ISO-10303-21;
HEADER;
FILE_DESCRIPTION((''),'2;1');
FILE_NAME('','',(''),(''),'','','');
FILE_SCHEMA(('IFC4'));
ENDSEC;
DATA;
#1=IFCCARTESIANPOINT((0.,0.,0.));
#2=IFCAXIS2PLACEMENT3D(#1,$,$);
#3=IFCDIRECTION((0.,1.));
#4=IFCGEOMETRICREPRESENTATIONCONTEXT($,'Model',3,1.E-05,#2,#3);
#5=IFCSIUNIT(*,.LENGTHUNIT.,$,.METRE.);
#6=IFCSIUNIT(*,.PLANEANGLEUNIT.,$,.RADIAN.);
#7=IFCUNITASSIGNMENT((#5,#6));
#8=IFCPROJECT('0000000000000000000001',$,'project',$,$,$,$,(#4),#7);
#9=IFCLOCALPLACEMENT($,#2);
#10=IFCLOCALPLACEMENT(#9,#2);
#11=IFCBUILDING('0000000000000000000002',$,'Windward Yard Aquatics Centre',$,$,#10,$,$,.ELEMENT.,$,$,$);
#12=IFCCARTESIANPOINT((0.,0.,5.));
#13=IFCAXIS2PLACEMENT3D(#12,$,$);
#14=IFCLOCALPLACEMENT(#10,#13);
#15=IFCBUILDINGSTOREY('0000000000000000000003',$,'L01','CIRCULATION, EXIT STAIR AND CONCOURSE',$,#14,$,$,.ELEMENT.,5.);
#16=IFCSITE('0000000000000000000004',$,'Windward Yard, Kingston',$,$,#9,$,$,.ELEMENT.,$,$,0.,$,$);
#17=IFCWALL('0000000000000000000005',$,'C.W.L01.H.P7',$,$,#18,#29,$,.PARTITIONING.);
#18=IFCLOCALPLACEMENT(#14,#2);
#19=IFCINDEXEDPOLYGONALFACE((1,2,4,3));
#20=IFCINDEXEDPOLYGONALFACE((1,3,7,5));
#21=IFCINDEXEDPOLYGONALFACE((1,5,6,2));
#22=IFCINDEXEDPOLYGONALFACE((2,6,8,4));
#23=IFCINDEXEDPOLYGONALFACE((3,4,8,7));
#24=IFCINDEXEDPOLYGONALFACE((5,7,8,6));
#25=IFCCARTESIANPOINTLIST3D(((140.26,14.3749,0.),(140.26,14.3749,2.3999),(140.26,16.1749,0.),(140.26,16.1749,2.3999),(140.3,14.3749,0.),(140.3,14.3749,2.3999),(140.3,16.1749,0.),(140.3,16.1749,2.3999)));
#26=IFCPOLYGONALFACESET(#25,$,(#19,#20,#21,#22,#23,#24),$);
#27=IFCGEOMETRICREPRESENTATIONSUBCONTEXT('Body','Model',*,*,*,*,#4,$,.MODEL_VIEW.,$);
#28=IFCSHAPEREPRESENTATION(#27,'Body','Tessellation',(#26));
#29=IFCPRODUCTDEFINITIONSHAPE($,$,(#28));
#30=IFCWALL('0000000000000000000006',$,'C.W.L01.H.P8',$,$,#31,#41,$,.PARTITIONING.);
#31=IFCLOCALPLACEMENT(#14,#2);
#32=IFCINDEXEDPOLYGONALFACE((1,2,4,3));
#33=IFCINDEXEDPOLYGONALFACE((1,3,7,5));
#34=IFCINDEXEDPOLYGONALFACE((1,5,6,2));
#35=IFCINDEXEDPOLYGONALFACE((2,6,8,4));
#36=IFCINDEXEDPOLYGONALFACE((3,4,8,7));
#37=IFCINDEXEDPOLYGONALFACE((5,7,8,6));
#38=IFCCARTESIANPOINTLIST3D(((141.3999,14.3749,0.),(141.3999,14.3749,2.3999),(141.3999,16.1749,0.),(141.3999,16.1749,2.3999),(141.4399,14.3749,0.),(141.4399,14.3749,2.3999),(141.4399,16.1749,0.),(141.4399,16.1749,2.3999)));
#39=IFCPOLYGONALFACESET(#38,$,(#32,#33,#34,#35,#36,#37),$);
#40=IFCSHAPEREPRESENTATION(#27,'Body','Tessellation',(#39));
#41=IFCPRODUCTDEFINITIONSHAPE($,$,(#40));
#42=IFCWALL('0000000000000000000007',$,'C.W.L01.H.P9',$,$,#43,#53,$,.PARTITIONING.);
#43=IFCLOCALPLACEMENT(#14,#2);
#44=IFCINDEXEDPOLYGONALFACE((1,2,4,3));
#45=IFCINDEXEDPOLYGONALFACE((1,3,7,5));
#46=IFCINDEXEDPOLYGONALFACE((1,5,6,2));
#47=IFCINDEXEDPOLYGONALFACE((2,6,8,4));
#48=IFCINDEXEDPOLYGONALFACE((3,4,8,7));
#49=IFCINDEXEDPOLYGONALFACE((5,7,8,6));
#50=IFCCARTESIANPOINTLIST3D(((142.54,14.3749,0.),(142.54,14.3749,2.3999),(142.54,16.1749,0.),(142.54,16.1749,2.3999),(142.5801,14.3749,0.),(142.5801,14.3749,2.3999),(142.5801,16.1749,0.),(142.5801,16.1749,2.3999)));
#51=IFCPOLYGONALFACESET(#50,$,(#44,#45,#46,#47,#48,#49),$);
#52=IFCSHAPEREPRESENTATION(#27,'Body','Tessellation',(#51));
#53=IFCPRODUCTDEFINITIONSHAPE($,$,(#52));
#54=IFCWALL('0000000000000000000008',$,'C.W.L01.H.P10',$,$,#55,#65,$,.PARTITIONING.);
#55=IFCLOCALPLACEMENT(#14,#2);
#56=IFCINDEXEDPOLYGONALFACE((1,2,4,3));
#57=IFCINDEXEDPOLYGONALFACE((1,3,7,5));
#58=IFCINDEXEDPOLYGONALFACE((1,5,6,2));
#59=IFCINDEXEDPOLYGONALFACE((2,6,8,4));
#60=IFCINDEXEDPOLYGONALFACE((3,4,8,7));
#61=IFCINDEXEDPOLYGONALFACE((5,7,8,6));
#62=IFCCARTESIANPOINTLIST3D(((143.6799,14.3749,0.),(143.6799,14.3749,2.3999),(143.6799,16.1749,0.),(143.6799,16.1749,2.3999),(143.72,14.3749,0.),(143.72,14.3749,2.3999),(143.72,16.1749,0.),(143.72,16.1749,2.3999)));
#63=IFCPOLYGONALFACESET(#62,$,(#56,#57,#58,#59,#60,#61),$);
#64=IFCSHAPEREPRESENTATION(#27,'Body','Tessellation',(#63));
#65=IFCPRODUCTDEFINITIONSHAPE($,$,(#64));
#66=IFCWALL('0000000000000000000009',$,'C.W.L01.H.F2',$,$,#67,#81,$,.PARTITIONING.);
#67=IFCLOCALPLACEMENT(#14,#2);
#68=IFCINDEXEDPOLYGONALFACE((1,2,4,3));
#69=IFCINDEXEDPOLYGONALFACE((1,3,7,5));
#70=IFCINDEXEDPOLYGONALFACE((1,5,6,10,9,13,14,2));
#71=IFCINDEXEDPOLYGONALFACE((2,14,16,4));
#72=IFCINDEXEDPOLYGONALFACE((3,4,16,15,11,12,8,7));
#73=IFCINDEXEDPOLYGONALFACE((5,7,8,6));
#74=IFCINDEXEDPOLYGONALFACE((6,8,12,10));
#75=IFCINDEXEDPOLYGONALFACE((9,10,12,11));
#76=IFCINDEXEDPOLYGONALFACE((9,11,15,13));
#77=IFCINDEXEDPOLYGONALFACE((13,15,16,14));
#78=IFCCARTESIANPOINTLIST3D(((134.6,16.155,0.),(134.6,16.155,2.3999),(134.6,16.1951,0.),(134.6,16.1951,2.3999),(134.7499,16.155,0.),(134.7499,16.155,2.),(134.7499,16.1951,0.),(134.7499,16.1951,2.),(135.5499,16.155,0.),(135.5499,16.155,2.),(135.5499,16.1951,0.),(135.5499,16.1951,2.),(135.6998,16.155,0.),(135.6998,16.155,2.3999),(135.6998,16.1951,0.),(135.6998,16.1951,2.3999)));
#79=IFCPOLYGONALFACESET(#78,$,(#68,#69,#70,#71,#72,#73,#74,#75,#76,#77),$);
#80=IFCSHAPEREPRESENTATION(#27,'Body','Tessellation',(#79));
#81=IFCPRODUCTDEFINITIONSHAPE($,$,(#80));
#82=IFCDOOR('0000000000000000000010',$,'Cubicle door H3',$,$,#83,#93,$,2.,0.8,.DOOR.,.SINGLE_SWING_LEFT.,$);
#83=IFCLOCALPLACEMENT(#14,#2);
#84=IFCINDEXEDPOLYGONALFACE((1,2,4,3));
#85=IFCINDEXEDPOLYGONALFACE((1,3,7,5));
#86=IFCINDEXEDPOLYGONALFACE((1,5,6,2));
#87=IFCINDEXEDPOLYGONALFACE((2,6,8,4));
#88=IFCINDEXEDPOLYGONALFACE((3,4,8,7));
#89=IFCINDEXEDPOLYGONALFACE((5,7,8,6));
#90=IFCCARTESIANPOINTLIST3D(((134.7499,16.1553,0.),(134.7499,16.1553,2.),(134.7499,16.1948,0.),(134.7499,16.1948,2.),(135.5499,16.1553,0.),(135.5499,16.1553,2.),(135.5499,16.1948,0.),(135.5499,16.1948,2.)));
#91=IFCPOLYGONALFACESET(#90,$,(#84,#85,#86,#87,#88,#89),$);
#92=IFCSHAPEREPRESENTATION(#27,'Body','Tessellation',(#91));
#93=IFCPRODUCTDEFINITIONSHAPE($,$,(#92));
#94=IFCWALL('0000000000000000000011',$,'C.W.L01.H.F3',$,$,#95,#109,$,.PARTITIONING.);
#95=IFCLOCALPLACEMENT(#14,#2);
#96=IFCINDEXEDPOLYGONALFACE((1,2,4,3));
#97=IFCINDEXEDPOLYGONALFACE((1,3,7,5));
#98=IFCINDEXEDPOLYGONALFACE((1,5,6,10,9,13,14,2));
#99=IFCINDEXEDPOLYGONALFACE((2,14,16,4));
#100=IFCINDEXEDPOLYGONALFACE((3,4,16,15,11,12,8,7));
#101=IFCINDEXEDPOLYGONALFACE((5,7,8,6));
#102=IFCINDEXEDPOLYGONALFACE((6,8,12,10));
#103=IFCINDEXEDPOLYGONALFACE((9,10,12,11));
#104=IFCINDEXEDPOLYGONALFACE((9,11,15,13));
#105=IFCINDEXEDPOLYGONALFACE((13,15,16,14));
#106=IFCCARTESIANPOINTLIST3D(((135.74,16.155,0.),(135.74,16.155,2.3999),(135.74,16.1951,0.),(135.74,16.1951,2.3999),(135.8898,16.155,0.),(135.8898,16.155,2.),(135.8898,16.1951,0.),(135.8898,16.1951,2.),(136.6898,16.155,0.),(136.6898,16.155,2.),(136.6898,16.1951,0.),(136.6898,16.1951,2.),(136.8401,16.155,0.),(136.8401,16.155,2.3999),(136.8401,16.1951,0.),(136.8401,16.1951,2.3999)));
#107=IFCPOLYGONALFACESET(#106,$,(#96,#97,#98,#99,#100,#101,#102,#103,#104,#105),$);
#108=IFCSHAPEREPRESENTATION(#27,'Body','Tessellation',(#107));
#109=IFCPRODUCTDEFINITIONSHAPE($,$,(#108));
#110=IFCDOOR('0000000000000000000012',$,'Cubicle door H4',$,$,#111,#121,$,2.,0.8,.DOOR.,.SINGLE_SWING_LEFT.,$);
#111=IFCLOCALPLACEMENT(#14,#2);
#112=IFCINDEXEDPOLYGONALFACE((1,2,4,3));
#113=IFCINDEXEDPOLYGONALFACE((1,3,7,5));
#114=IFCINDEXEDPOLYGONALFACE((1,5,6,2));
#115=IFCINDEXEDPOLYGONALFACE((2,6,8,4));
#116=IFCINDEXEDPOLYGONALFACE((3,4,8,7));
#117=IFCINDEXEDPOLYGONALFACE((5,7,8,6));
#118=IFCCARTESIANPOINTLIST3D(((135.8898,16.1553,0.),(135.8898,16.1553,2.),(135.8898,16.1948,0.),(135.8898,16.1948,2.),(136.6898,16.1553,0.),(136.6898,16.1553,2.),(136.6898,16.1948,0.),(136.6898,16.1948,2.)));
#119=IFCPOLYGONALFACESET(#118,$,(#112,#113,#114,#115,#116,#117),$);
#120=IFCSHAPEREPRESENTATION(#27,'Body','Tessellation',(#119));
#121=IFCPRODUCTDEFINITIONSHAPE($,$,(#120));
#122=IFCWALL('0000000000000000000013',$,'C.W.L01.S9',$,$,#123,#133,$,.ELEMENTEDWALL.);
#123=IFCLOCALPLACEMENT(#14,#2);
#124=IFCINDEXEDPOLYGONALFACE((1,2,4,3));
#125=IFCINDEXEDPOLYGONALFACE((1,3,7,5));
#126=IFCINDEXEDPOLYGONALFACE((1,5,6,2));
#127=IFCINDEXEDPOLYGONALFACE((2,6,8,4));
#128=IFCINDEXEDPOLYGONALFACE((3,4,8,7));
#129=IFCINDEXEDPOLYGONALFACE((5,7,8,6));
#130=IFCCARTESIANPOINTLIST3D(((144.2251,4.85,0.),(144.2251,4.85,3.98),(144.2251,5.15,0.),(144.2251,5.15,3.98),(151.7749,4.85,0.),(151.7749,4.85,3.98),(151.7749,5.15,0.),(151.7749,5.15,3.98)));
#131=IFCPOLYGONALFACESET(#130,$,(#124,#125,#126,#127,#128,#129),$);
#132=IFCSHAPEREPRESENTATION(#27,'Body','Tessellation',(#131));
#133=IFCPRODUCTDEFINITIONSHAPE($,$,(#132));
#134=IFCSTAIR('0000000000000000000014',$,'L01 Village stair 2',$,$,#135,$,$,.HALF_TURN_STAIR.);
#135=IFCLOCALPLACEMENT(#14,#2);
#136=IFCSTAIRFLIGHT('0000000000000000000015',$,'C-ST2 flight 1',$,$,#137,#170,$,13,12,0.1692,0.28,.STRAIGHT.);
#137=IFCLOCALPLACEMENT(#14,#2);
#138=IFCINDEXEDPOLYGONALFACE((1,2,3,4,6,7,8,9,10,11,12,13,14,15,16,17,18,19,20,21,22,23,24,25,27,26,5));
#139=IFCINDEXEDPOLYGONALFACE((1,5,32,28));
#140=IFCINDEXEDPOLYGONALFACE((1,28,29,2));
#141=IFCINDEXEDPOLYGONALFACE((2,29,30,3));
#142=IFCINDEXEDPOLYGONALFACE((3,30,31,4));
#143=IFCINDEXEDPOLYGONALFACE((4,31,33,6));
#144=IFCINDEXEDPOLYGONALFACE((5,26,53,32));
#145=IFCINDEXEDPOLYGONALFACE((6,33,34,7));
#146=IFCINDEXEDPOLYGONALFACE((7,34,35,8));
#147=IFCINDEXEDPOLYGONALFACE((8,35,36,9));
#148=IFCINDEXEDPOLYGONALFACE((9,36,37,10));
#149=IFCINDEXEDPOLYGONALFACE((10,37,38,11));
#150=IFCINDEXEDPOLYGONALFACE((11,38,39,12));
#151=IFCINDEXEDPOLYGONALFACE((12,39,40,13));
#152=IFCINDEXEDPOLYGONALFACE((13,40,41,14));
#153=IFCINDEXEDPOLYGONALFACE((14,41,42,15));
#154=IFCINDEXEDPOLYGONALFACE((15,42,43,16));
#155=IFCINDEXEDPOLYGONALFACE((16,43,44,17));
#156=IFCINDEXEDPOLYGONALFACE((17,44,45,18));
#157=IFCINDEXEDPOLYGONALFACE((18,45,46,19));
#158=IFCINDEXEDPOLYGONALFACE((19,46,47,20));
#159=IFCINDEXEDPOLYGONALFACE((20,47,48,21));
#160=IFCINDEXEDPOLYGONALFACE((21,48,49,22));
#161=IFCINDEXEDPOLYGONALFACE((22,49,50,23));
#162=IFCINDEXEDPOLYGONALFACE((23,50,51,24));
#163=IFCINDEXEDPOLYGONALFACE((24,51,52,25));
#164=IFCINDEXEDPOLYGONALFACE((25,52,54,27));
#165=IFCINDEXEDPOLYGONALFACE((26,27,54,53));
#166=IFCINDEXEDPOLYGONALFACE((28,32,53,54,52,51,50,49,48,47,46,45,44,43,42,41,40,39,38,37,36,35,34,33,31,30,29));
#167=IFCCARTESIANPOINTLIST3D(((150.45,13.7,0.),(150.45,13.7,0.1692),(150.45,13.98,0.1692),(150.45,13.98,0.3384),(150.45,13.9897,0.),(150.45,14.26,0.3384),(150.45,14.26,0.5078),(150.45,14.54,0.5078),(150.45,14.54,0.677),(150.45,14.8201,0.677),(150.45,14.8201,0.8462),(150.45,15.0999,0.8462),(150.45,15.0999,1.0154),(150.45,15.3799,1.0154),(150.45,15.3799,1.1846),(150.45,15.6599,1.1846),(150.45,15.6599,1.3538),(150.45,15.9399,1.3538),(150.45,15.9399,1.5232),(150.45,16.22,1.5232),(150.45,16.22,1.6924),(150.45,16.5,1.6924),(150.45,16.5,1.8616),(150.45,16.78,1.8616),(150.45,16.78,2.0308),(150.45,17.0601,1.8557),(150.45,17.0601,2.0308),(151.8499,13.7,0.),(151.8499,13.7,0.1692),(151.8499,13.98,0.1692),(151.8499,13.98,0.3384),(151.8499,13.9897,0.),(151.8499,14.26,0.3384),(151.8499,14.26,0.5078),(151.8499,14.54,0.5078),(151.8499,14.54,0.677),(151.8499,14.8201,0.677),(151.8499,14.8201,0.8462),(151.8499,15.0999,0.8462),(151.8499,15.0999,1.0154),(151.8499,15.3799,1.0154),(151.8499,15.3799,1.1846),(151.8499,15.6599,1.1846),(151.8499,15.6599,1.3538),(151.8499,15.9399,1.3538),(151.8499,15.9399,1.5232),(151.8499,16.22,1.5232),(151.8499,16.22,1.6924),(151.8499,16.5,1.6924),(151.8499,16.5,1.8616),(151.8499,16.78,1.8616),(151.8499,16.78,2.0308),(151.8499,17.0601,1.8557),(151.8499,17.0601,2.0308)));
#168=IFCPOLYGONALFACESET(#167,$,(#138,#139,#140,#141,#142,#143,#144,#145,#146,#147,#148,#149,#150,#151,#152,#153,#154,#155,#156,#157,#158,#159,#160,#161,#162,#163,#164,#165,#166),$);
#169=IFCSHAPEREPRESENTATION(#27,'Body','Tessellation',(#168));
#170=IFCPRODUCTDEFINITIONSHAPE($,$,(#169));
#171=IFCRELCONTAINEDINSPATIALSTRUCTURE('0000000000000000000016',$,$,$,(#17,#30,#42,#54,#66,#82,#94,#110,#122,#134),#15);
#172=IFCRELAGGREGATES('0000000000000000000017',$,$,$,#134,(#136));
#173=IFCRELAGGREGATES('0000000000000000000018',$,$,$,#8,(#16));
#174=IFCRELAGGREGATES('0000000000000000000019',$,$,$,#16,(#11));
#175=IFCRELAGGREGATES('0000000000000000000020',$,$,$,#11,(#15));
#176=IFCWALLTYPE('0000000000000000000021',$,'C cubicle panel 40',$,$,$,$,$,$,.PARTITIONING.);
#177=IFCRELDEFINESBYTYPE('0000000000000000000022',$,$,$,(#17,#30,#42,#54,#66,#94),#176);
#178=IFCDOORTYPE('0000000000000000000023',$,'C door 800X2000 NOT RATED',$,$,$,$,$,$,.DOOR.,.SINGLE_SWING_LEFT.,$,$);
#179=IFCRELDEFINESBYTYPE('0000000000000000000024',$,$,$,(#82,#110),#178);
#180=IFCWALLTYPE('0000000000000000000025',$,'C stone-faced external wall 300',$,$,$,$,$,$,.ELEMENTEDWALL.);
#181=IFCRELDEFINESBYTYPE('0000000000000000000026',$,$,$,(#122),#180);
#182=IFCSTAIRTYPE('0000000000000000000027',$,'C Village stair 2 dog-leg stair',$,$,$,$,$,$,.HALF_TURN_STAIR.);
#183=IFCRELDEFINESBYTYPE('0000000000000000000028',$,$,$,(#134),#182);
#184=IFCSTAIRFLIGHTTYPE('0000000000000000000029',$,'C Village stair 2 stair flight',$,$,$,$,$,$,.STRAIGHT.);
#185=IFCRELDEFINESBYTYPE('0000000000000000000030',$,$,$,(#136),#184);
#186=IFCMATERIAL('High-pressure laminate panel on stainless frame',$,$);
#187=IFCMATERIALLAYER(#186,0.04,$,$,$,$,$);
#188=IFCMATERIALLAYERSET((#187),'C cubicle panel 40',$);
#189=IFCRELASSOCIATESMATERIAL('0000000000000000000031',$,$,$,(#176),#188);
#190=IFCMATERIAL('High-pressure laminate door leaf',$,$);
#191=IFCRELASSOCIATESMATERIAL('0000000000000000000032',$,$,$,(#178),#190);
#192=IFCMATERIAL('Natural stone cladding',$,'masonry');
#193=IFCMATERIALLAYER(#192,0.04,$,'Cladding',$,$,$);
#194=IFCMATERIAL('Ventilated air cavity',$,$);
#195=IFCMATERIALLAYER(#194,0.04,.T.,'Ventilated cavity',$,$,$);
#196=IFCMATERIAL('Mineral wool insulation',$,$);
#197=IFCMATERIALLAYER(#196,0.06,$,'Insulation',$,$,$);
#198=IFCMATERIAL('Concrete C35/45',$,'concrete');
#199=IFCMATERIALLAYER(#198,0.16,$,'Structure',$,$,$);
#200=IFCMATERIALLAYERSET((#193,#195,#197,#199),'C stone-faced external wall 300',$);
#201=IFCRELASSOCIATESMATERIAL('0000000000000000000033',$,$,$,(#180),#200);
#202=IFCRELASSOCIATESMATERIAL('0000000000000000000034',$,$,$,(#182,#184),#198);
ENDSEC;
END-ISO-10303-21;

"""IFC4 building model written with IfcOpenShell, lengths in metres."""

from ifc_helpers import new_model, si_unit, direction, frame, frame_2d, origin, place, context, subcontext, project, spatial, polyline, rectangle, outline, extrude, material, layer, layer_set, type_object, element, fill, aggregate, save


model = new_model("IFC4")

# Units and contexts
model_context = context("Model", 3, precision=1e-05, world=origin(), true_north=direction((0.0, 1.0)))
body_context = subcontext(model_context, "Body", "Model", "MODEL_VIEW")
ifc_project = project(units=[si_unit("LENGTHUNIT", "METRE"), si_unit("PLANEANGLEUNIT", "RADIAN")], contexts=[model_context])

# Site, building, storey
site_placement = place(None, origin())
site = spatial("IfcSite", under=ifc_project, at=site_placement, Name="Windward Yard, Kingston", CompositionType="ELEMENT", RefElevation=0.0)
building_placement = place(site_placement, origin())
building = spatial("IfcBuilding", under=site, at=building_placement, Name="Windward Yard Aquatics Centre", CompositionType="ELEMENT")
storey_placement = place(building_placement, frame((0.0, 0.0, 5.0)))
storey = spatial("IfcBuildingStorey", under=building, at=storey_placement, Name="L01", Description="CIRCULATION, EXIT STAIR AND CONCOURSE", CompositionType="ELEMENT", Elevation=5.0)

# Shared definitions
ifc_material_1 = material(Name="Concrete C35/45", Category="concrete")

# Walls
ifc_material_2 = material(Name="High-pressure laminate panel on stainless frame")
ifc_layer_1 = layer(ifc_material_2, 0.04)
ifc_layer_set_1 = layer_set([ifc_layer_1], Name="C cubicle panel 40")
wall_type_1 = type_object("IfcWallType", Name="C cubicle panel 40", PredefinedType="PARTITIONING", material=ifc_layer_set_1)
for number, where, z_axis, x_axis, name in (
    (1, (140.28, 14.375, 0.0), (0.0, 0.0, 1.0), (0.0, 1.0, 0.0), "C.W.L01.H.P7"),
    (2, (141.4199, 14.375, 0.0), (0.0, 0.0, 1.0), (0.0, 1.0, 0.0), "C.W.L01.H.P8"),
    (3, (142.5601, 14.375, 0.0), (0.0, 0.0, 1.0), (0.0, 1.0, 0.0), "C.W.L01.H.P9"),
    (4, (143.7, 14.375, 0.0), (0.0, 0.0, 1.0), (0.0, 1.0, 0.0), "C.W.L01.H.P10"),
):
    element("IfcWall", number, at=place(storey_placement, frame(where, z_axis=z_axis, x_axis=x_axis)), inside=storey, type_object=wall_type_1, Name=name, PredefinedType="PARTITIONING", context=body_context, shape_type="SweptSolid", body=[
        extrude(rectangle(XDim=1.8, YDim=0.04, at=frame_2d((0.8999, 0.0))), origin(), (0.0, 0.0, 1.0), 2.3999),
    ])

# Walls, openings, doors
wall_1_placement = place(storey_placement, frame((134.6001, 16.175, 0.0), z_axis=(0.0, 0.0, 1.0), x_axis=(1.0, 0.0, 0.0)))
wall_1 = element("IfcWall", 5, at=wall_1_placement, inside=storey, type_object=wall_type_1, Name="C.W.L01.H.F2", PredefinedType="PARTITIONING", context=body_context, shape_type="SweptSolid", body=[
    extrude(rectangle(XDim=1.0999, YDim=0.04, at=frame_2d((0.5498, 0.0))), origin(), (0.0, 0.0, 1.0), 2.3999),
])
opening_1_placement = place(wall_1_placement, frame((0.1499, 0.0, 0.0)))
opening_1 = element("IfcOpeningElement", 6, at=opening_1_placement, cuts=wall_1, PredefinedType="OPENING", context=body_context, shape_type="SweptSolid", body=[
    extrude(rectangle(XDim=0.8, YDim=2.0, at=frame_2d((0.3999, 1.0))), frame((0.0, 0.03, 0.0), z_axis=(0.0, -1.0, 0.0), x_axis=(1.0, 0.0, 0.0)), (0.0, 0.0, 1.0), 0.0601),
])
ifc_material_3 = material(Name="High-pressure laminate door leaf")
door_type_1 = type_object("IfcDoorType", Name="C door 800X2000 NOT RATED", OperationType="SINGLE_SWING_LEFT", PredefinedType="DOOR", material=ifc_material_3)
door_1_placement = place(opening_1_placement, origin())
door_1 = element("IfcDoor", 7, at=door_1_placement, inside=storey, type_object=door_type_1, Name="Cubicle door H3", OperationType="SINGLE_SWING_LEFT", OverallHeight=2.0, OverallWidth=0.8, PredefinedType="DOOR", context=body_context, shape_type="SweptSolid", body=[
    extrude(rectangle(XDim=0.8, YDim=2.0, at=frame_2d((0.3999, 1.0))), frame((0.0, 0.0198, 0.0), z_axis=(0.0, -1.0, 0.0), x_axis=(1.0, 0.0, 0.0)), (0.0, 0.0, 1.0), 0.0396),
])
fill(opening_1, door_1)
wall_2_placement = place(storey_placement, frame((135.74, 16.175, 0.0), z_axis=(0.0, 0.0, 1.0), x_axis=(1.0, 0.0, 0.0)))
wall_2 = element("IfcWall", 8, at=wall_2_placement, inside=storey, type_object=wall_type_1, Name="C.W.L01.H.F3", PredefinedType="PARTITIONING", context=body_context, shape_type="SweptSolid", body=[
    extrude(rectangle(XDim=1.1001, YDim=0.04, at=frame_2d((0.55, 0.0))), origin(), (0.0, 0.0, 1.0), 2.3999),
])
opening_2_placement = place(wall_2_placement, frame((0.1499, 0.0, 0.0)))
opening_2 = element("IfcOpeningElement", 9, at=opening_2_placement, cuts=wall_2, PredefinedType="OPENING", context=body_context, shape_type="SweptSolid", body=[
    extrude(rectangle(XDim=0.8, YDim=2.0, at=frame_2d((0.3999, 1.0))), frame((0.0, 0.03, 0.0), z_axis=(0.0, -1.0, 0.0), x_axis=(1.0, 0.0, 0.0)), (0.0, 0.0, 1.0), 0.0601),
])
door_2_placement = place(opening_2_placement, origin())
door_2 = element("IfcDoor", 10, at=door_2_placement, inside=storey, type_object=door_type_1, Name="Cubicle door H4", OperationType="SINGLE_SWING_LEFT", OverallHeight=2.0, OverallWidth=0.8, PredefinedType="DOOR", context=body_context, shape_type="SweptSolid", body=[
    extrude(rectangle(XDim=0.8, YDim=2.0, at=frame_2d((0.3999, 1.0))), frame((0.0, 0.0198, 0.0), z_axis=(0.0, -1.0, 0.0), x_axis=(1.0, 0.0, 0.0)), (0.0, 0.0, 1.0), 0.0396),
])
fill(opening_2, door_2)

# Wall
ifc_material_4 = material(Name="Natural stone cladding", Category="masonry")
ifc_layer_2 = layer(ifc_material_4, 0.04, Name="Cladding")
ifc_material_5 = material(Name="Ventilated air cavity")
ifc_layer_3 = layer(ifc_material_5, 0.04, ventilated=True, Name="Ventilated cavity")
ifc_material_6 = material(Name="Mineral wool insulation")
ifc_layer_4 = layer(ifc_material_6, 0.06, Name="Insulation")
ifc_layer_5 = layer(ifc_material_1, 0.16, Name="Structure")
ifc_layer_set_2 = layer_set([ifc_layer_2, ifc_layer_3, ifc_layer_4, ifc_layer_5], Name="C stone-faced external wall 300")
wall_type_2 = type_object("IfcWallType", Name="C stone-faced external wall 300", PredefinedType="ELEMENTEDWALL", material=ifc_layer_set_2)
wall_3_placement = place(storey_placement, frame((144.2251, 5.0, 0.0), z_axis=(0.0, 0.0, 1.0), x_axis=(1.0, 0.0, 0.0)))
element("IfcWall", 11, at=wall_3_placement, inside=storey, type_object=wall_type_2, Name="C.W.L01.S9", PredefinedType="ELEMENTEDWALL", context=body_context, shape_type="SweptSolid", body=[
    extrude(rectangle(XDim=7.5498, YDim=0.3, at=frame_2d((3.7749, 0.0))), origin(), (0.0, 0.0, 1.0), 3.98),
])

# Stair, stair flight
stair_type = type_object("IfcStairType", Name="C Village stair 2 dog-leg stair", PredefinedType="HALF_TURN_STAIR", material=ifc_material_1)
stair_placement = place(storey_placement, origin())
stair = element("IfcStair", 12, at=stair_placement, inside=storey, type_object=stair_type, Name="L01 Village stair 2", PredefinedType="HALF_TURN_STAIR")
stair_flight_type = type_object("IfcStairFlightType", Name="C Village stair 2 stair flight", PredefinedType="STRAIGHT", material=ifc_material_1)
stair_flight_placement = place(storey_placement, frame((151.1499, 13.7, 0.0), z_axis=(0.0, 0.0, 1.0), x_axis=(0.0, 1.0, 0.0)))
stair_flight = element("IfcStairFlight", 13, at=stair_flight_placement, type_object=stair_flight_type, Name="C-ST2 flight 1", NumberOfRisers=13, NumberOfTreads=12, PredefinedType="STRAIGHT", RiserHeight=0.1692, TreadLength=0.28, context=body_context, shape_type="SweptSolid", body=[
    extrude(outline(polyline([(0.0, 0.0), (0.0, 0.1692), (0.28, 0.1692), (0.28, 0.3384), (0.5601, 0.3384), (0.5601, 0.5078), (0.8401, 0.5078), (0.8401, 0.677), (1.1201, 0.677), (1.1201, 0.8462), (1.3999, 0.8462), (1.3999, 1.0154), (1.6799, 1.0154), (1.6799, 1.1846), (1.96, 1.1846), (1.96, 1.3538), (2.24, 1.3538), (2.24, 1.5232), (2.52, 1.5232), (2.52, 1.6924), (2.8, 1.6924), (2.8, 1.8616), (3.0801, 1.8616), (3.0801, 2.0308), (3.3601, 2.0308), (3.3601, 2.2), (3.3601, 1.8557), (0.2898, 0.0), (0.0, 0.0)])), frame((0.0, 0.7, 0.0), z_axis=(0.0, -1.0, 0.0), x_axis=(1.0, 0.0, 0.0)), (0.0, 0.0, 1.0), 1.3999),
])
aggregate(stair, [stair_flight])

save(model, "model.ifc")
